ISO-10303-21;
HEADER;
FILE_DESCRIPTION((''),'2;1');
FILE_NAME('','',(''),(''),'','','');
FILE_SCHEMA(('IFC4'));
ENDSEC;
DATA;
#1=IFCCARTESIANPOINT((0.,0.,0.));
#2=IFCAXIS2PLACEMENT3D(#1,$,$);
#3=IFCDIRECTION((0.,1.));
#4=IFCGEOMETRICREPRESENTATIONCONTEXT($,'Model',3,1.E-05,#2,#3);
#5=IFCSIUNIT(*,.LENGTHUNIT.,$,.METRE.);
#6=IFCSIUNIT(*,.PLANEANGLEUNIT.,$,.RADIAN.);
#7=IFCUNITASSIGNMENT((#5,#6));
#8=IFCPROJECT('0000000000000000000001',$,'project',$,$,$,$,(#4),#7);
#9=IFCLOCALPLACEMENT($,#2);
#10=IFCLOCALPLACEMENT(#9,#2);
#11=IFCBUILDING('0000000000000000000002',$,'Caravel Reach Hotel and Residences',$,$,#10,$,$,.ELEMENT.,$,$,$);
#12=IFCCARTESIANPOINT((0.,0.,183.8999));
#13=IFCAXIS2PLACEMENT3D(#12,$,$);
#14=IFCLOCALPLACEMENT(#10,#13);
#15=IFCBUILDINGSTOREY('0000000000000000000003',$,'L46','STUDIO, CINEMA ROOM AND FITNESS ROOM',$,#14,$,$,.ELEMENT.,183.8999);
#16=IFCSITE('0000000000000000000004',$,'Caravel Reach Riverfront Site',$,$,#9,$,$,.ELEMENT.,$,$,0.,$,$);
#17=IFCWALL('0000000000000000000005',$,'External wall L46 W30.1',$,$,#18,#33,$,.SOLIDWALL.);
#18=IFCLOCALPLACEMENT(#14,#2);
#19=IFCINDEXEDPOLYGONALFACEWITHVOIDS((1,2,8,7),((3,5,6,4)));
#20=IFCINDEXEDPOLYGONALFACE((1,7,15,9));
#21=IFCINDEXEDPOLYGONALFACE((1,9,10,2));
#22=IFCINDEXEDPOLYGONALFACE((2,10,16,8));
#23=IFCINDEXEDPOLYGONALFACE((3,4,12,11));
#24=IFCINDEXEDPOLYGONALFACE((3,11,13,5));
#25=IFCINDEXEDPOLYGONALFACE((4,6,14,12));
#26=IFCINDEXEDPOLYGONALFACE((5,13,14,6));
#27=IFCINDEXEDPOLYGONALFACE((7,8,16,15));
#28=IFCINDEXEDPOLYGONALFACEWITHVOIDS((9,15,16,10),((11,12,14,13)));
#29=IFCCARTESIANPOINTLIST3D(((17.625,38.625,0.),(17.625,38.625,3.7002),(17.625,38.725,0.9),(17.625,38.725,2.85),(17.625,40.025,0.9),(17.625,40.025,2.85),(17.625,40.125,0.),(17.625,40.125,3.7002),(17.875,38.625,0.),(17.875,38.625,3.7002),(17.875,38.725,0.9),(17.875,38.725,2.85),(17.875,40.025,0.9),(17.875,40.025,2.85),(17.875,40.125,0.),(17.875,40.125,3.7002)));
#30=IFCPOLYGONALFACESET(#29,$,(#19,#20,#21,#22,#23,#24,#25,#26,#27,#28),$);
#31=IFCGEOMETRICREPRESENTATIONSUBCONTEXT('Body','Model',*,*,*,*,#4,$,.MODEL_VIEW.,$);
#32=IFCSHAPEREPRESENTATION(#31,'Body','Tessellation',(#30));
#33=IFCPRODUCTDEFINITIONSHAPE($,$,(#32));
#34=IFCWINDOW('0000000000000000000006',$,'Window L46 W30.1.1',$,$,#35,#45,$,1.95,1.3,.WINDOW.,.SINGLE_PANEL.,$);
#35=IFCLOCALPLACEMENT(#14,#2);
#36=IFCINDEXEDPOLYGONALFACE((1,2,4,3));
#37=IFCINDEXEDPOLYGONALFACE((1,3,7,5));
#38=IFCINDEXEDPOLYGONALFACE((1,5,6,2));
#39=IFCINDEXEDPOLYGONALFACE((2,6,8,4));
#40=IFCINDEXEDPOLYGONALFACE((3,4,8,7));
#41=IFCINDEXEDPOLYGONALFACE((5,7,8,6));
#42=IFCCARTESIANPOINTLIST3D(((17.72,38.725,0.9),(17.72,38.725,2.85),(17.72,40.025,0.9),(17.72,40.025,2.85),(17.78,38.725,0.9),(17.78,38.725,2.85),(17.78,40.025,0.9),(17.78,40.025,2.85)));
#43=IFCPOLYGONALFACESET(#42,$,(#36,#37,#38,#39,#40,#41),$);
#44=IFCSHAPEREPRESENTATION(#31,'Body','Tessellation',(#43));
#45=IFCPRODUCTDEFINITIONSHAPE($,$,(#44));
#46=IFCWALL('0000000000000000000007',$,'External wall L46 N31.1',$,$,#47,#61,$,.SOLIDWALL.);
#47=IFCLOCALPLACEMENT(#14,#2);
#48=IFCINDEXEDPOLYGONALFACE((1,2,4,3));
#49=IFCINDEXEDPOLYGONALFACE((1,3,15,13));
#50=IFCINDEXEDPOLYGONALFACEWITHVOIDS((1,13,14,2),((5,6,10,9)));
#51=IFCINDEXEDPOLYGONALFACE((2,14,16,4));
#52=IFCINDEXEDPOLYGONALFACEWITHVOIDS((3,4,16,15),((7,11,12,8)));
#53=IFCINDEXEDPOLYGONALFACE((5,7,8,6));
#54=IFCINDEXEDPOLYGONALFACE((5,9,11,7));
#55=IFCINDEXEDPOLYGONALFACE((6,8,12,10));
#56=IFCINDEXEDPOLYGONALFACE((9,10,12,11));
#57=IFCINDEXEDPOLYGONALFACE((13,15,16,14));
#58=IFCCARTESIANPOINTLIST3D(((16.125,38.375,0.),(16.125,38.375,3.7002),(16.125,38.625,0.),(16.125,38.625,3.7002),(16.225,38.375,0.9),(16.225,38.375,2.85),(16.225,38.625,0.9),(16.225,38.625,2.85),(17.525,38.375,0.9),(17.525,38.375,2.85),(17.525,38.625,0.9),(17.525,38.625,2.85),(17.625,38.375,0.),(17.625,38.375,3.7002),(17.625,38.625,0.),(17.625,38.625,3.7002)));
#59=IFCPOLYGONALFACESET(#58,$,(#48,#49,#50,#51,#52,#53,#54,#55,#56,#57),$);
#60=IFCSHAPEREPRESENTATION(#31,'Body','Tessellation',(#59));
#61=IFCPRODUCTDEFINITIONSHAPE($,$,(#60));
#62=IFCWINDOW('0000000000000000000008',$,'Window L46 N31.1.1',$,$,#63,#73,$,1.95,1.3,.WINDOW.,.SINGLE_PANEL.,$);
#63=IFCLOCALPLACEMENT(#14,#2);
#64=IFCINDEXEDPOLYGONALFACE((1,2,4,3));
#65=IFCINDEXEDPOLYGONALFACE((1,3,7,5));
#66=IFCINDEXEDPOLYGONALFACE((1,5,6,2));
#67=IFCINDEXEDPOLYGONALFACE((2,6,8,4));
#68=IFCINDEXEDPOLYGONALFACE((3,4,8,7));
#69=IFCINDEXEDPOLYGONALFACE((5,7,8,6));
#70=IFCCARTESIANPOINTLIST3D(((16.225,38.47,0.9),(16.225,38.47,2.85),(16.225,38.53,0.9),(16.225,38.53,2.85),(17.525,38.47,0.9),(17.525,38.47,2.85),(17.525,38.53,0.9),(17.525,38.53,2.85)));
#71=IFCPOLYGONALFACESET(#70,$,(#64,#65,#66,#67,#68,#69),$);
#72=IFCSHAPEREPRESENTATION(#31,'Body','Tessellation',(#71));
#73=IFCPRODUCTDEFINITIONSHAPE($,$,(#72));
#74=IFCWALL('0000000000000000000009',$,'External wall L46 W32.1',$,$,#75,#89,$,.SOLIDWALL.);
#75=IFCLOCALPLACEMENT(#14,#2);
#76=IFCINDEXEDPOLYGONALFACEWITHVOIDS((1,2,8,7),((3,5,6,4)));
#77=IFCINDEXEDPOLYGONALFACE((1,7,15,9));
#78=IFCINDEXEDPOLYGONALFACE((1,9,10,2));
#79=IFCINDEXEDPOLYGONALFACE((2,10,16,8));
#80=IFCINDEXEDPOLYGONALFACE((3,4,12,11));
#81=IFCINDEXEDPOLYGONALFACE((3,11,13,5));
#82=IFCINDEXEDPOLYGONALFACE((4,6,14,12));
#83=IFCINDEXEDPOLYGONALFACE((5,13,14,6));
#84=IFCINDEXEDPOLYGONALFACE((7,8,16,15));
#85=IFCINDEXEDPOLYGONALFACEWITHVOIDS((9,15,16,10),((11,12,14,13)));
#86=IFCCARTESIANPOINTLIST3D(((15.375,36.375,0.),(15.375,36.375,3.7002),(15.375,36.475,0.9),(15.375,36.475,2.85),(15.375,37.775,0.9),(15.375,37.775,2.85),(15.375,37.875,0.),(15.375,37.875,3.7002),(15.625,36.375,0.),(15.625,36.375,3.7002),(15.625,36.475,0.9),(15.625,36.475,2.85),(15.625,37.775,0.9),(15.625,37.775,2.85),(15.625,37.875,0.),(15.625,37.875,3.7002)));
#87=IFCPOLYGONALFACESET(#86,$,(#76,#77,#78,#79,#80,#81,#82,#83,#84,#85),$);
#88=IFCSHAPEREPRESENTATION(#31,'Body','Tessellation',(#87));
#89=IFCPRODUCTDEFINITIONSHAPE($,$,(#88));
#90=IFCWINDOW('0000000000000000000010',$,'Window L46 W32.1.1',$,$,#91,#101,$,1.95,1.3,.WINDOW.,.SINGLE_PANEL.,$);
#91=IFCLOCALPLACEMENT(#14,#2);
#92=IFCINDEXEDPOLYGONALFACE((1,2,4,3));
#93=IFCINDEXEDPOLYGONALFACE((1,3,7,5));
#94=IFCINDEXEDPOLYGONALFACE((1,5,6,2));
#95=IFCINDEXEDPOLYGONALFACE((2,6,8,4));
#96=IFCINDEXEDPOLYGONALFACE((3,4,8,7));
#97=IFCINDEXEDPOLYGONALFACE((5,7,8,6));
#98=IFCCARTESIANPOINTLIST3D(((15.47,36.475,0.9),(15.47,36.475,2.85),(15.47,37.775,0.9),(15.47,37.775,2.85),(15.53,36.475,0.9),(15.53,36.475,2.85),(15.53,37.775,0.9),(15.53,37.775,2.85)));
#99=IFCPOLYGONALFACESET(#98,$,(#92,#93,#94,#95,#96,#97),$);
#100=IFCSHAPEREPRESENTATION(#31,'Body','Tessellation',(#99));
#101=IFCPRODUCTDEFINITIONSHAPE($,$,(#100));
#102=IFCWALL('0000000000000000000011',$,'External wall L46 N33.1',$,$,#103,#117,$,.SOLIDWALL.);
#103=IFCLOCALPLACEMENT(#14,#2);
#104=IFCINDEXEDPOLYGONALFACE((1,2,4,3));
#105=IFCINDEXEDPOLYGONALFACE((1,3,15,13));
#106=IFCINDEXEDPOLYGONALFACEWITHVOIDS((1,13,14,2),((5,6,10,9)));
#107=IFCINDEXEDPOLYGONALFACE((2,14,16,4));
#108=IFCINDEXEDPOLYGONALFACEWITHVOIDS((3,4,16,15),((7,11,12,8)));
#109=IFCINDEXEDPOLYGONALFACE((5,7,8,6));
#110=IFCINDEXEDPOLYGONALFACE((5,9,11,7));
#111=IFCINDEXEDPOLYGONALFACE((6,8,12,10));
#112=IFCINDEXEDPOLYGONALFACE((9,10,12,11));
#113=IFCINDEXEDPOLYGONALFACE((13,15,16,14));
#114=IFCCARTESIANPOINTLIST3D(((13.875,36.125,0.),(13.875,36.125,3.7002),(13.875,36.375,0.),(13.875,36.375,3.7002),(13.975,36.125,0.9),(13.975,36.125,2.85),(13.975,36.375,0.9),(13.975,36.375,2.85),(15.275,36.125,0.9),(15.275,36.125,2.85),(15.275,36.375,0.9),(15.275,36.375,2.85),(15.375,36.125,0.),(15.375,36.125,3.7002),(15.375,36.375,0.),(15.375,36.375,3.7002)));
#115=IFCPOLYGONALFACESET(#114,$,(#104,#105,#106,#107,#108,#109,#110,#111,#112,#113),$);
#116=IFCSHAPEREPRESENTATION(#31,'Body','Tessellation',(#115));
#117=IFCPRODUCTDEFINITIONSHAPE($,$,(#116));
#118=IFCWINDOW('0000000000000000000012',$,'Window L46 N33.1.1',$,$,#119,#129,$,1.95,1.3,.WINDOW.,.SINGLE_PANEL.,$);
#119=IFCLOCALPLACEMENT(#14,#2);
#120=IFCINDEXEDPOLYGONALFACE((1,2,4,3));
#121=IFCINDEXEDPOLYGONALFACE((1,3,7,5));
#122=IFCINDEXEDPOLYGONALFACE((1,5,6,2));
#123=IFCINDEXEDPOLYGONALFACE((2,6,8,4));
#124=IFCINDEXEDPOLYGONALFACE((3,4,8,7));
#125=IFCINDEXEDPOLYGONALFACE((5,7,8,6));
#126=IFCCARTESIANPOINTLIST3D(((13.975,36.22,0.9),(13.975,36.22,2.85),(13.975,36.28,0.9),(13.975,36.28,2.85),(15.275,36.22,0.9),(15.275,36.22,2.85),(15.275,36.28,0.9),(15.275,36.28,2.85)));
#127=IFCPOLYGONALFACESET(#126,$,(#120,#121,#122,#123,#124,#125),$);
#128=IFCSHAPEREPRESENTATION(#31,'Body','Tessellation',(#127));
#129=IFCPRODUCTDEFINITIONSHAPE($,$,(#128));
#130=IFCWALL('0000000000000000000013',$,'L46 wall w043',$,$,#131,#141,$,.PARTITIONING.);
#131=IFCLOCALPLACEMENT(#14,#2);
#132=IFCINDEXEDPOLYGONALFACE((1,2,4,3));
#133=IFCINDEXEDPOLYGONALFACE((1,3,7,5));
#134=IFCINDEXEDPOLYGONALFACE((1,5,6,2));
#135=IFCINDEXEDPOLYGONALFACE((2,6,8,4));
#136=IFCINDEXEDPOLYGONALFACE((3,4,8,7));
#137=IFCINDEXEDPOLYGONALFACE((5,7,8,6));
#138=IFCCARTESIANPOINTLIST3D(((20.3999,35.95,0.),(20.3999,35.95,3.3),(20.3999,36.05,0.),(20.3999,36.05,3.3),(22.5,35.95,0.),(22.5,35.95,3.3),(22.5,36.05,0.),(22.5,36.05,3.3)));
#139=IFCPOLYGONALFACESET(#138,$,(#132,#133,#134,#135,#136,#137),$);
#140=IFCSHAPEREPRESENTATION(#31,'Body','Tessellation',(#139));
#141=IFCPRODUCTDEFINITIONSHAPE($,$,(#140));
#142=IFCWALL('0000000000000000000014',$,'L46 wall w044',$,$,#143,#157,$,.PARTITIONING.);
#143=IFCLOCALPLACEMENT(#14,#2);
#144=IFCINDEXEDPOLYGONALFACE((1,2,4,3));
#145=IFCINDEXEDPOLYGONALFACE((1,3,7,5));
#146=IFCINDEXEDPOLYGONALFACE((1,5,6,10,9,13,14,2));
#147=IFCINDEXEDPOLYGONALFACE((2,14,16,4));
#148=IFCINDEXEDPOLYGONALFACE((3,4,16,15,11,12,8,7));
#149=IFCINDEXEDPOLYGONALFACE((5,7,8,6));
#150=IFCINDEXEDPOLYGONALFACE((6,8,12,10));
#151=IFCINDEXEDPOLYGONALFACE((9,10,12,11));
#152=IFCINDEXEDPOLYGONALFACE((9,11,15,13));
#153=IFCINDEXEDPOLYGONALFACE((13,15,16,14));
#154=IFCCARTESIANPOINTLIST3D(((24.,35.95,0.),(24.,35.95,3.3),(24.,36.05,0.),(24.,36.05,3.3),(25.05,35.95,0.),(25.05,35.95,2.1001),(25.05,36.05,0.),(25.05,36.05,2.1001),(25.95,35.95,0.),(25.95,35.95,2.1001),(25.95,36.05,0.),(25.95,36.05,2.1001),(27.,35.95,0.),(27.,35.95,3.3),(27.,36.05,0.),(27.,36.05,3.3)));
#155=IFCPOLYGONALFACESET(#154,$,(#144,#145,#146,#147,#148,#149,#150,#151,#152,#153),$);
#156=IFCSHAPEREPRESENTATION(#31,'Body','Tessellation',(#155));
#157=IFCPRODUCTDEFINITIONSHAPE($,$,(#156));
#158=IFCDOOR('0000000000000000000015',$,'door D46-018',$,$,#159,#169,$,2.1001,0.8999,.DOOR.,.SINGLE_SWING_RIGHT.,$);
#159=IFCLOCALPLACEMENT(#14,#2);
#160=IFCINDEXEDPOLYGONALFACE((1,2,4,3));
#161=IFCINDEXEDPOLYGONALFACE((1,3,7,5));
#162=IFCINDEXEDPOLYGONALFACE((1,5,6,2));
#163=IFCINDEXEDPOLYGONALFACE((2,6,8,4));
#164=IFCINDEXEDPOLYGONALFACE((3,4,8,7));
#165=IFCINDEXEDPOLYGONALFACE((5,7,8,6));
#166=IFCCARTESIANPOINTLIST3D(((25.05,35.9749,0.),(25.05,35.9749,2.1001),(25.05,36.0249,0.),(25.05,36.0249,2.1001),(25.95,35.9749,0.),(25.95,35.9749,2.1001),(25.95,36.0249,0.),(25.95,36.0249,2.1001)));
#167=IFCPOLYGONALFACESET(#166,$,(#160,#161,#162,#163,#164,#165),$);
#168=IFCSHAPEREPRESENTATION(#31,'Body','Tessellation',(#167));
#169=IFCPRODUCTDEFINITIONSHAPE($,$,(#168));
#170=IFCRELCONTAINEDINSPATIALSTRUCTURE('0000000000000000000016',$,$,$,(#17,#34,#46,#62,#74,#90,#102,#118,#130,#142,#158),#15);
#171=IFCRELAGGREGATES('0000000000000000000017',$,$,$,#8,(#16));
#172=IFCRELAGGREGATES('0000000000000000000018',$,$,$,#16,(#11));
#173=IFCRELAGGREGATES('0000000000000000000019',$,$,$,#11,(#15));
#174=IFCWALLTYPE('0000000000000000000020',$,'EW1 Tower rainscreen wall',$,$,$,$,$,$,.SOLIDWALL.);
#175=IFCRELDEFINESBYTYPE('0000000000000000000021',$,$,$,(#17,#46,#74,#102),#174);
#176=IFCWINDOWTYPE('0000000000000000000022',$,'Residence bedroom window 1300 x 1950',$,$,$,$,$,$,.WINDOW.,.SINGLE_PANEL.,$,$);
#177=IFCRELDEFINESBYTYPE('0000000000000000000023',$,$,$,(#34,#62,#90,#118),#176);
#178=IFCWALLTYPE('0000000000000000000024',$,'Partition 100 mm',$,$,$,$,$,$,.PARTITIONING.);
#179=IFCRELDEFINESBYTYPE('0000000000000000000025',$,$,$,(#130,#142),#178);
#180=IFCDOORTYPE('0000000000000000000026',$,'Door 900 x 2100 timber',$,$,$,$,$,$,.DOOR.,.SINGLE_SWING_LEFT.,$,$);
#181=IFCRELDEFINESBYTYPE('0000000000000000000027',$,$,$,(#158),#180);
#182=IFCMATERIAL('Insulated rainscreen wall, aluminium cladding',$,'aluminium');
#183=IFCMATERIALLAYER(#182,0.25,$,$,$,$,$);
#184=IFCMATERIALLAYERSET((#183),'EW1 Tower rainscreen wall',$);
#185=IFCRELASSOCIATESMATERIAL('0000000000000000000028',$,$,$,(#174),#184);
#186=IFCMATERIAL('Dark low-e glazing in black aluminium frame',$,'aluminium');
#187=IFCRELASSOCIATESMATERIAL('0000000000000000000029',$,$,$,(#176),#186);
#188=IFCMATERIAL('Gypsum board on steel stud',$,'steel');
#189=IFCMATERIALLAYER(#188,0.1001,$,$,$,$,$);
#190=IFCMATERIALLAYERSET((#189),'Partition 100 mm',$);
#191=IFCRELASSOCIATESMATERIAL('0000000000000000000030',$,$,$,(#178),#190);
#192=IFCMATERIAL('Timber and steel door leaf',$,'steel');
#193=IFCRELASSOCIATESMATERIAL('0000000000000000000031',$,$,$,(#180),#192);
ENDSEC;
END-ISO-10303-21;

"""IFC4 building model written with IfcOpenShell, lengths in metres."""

from ifc_helpers import new_model, si_unit, direction, frame, frame_2d, origin, place, context, subcontext, project, spatial, rectangle, extrude, material, layer, layer_set, type_object, element, fill, save


model = new_model("IFC4")

# Units and contexts
model_context = context("Model", 3, precision=1e-05, world=origin(), true_north=direction((0.0, 1.0)))
body_context = subcontext(model_context, "Body", "Model", "MODEL_VIEW")
ifc_project = project(units=[si_unit("LENGTHUNIT", "METRE"), si_unit("PLANEANGLEUNIT", "RADIAN")], contexts=[model_context])

# Site, building, storey
site_placement = place(None, origin())
site = spatial("IfcSite", under=ifc_project, at=site_placement, Name="Caravel Reach Riverfront Site", CompositionType="ELEMENT", RefElevation=0.0)
building_placement = place(site_placement, origin())
building = spatial("IfcBuilding", under=site, at=building_placement, Name="Caravel Reach Hotel and Residences", CompositionType="ELEMENT")
storey_placement = place(building_placement, frame((0.0, 0.0, 183.8999)))
storey = spatial("IfcBuildingStorey", under=building, at=storey_placement, Name="L46", Description="STUDIO, CINEMA ROOM AND FITNESS ROOM", CompositionType="ELEMENT", Elevation=183.8999)

# Shared definitions
ifc_material_1 = material(Name="Insulated rainscreen wall, aluminium cladding", Category="aluminium")
ifc_layer_1 = layer(ifc_material_1, 0.25)
ifc_layer_set_1 = layer_set([ifc_layer_1], Name="EW1 Tower rainscreen wall")
wall_type_1 = type_object("IfcWallType", Name="EW1 Tower rainscreen wall", PredefinedType="SOLIDWALL", material=ifc_layer_set_1)

# Walls, openings, windows
wall_1_placement = place(storey_placement, frame((17.75, 40.125, 0.0), z_axis=(0.0, 0.0, 1.0), x_axis=(0.0, -1.0, 0.0)))
wall_1 = element("IfcWall", 1, at=wall_1_placement, inside=storey, type_object=wall_type_1, Name="External wall L46 W30.1", PredefinedType="SOLIDWALL", context=body_context, shape_type="SweptSolid", body=[
    extrude(rectangle(XDim=1.5, YDim=0.25, at=frame_2d((0.75, 0.0))), origin(), (0.0, 0.0, 1.0), 3.7002),
])
opening_1_placement = place(wall_1_placement, frame((0.1001, 0.0, 0.8999)))
opening_1 = element("IfcOpeningElement", 2, at=opening_1_placement, cuts=wall_1, PredefinedType="OPENING", context=body_context, shape_type="SweptSolid", body=[
    extrude(rectangle(XDim=1.3, YDim=1.95, at=frame_2d((0.6499, 0.9751))), frame((0.0, 0.135, 0.0), z_axis=(0.0, -1.0, 0.0), x_axis=(1.0, 0.0, 0.0)), (0.0, 0.0, 1.0), 0.27),
])
ifc_material_2 = material(Name="Dark low-e glazing in black aluminium frame", Category="aluminium")
window_type_1 = type_object("IfcWindowType", Name="Residence bedroom window 1300 x 1950", PartitioningType="SINGLE_PANEL", PredefinedType="WINDOW", material=ifc_material_2)
window_1_placement = place(opening_1_placement, origin())
window_1 = element("IfcWindow", 3, at=window_1_placement, inside=storey, type_object=window_type_1, Name="Window L46 W30.1.1", OverallHeight=1.95, OverallWidth=1.3, PartitioningType="SINGLE_PANEL", PredefinedType="WINDOW", context=body_context, shape_type="SweptSolid", body=[
    extrude(rectangle(XDim=1.3, YDim=1.95, at=frame_2d((0.6499, 0.9751))), frame((0.0, 0.03, 0.0), z_axis=(0.0, -1.0, 0.0), x_axis=(1.0, 0.0, 0.0)), (0.0, 0.0, 1.0), 0.0601),
])
fill(opening_1, window_1)
wall_2_placement = place(storey_placement, frame((17.625, 38.5, 0.0), z_axis=(0.0, 0.0, 1.0), x_axis=(-1.0, 0.0, 0.0)))
wall_2 = element("IfcWall", 4, at=wall_2_placement, inside=storey, type_object=wall_type_1, Name="External wall L46 N31.1", PredefinedType="SOLIDWALL", context=body_context, shape_type="SweptSolid", body=[
    extrude(rectangle(XDim=1.5, YDim=0.25, at=frame_2d((0.75, 0.0))), origin(), (0.0, 0.0, 1.0), 3.7002),
])
opening_2_placement = place(wall_2_placement, frame((0.1001, 0.0, 0.8999)))
opening_2 = element("IfcOpeningElement", 5, at=opening_2_placement, cuts=wall_2, PredefinedType="OPENING", context=body_context, shape_type="SweptSolid", body=[
    extrude(rectangle(XDim=1.3, YDim=1.95, at=frame_2d((0.6499, 0.9751))), frame((0.0, 0.135, 0.0), z_axis=(0.0, -1.0, 0.0), x_axis=(1.0, 0.0, 0.0)), (0.0, 0.0, 1.0), 0.27),
])
window_2_placement = place(opening_2_placement, origin())
window_2 = element("IfcWindow", 6, at=window_2_placement, inside=storey, type_object=window_type_1, Name="Window L46 N31.1.1", OverallHeight=1.95, OverallWidth=1.3, PartitioningType="SINGLE_PANEL", PredefinedType="WINDOW", context=body_context, shape_type="SweptSolid", body=[
    extrude(rectangle(XDim=1.3, YDim=1.95, at=frame_2d((0.6499, 0.9751))), frame((0.0, 0.03, 0.0), z_axis=(0.0, -1.0, 0.0), x_axis=(1.0, 0.0, 0.0)), (0.0, 0.0, 1.0), 0.0601),
])
fill(opening_2, window_2)
wall_3_placement = place(storey_placement, frame((15.5, 37.875, 0.0), z_axis=(0.0, 0.0, 1.0), x_axis=(0.0, -1.0, 0.0)))
wall_3 = element("IfcWall", 7, at=wall_3_placement, inside=storey, type_object=wall_type_1, Name="External wall L46 W32.1", PredefinedType="SOLIDWALL", context=body_context, shape_type="SweptSolid", body=[
    extrude(rectangle(XDim=1.5, YDim=0.25, at=frame_2d((0.75, 0.0))), origin(), (0.0, 0.0, 1.0), 3.7002),
])
opening_3_placement = place(wall_3_placement, frame((0.1001, 0.0, 0.8999)))
opening_3 = element("IfcOpeningElement", 8, at=opening_3_placement, cuts=wall_3, PredefinedType="OPENING", context=body_context, shape_type="SweptSolid", body=[
    extrude(rectangle(XDim=1.3, YDim=1.95, at=frame_2d((0.6499, 0.9751))), frame((0.0, 0.135, 0.0), z_axis=(0.0, -1.0, 0.0), x_axis=(1.0, 0.0, 0.0)), (0.0, 0.0, 1.0), 0.27),
])
window_3_placement = place(opening_3_placement, origin())
window_3 = element("IfcWindow", 9, at=window_3_placement, inside=storey, type_object=window_type_1, Name="Window L46 W32.1.1", OverallHeight=1.95, OverallWidth=1.3, PartitioningType="SINGLE_PANEL", PredefinedType="WINDOW", context=body_context, shape_type="SweptSolid", body=[
    extrude(rectangle(XDim=1.3, YDim=1.95, at=frame_2d((0.6499, 0.9751))), frame((0.0, 0.03, 0.0), z_axis=(0.0, -1.0, 0.0), x_axis=(1.0, 0.0, 0.0)), (0.0, 0.0, 1.0), 0.0601),
])
fill(opening_3, window_3)
wall_4_placement = place(storey_placement, frame((15.375, 36.25, 0.0), z_axis=(0.0, 0.0, 1.0), x_axis=(-1.0, 0.0, 0.0)))
wall_4 = element("IfcWall", 10, at=wall_4_placement, inside=storey, type_object=wall_type_1, Name="External wall L46 N33.1", PredefinedType="SOLIDWALL", context=body_context, shape_type="SweptSolid", body=[
    extrude(rectangle(XDim=1.5, YDim=0.25, at=frame_2d((0.75, 0.0))), origin(), (0.0, 0.0, 1.0), 3.7002),
])
opening_4_placement = place(wall_4_placement, frame((0.1001, 0.0, 0.8999)))
opening_4 = element("IfcOpeningElement", 11, at=opening_4_placement, cuts=wall_4, PredefinedType="OPENING", context=body_context, shape_type="SweptSolid", body=[
    extrude(rectangle(XDim=1.3, YDim=1.95, at=frame_2d((0.6499, 0.9751))), frame((0.0, 0.135, 0.0), z_axis=(0.0, -1.0, 0.0), x_axis=(1.0, 0.0, 0.0)), (0.0, 0.0, 1.0), 0.27),
])
window_4_placement = place(opening_4_placement, origin())
window_4 = element("IfcWindow", 12, at=window_4_placement, inside=storey, type_object=window_type_1, Name="Window L46 N33.1.1", OverallHeight=1.95, OverallWidth=1.3, PartitioningType="SINGLE_PANEL", PredefinedType="WINDOW", context=body_context, shape_type="SweptSolid", body=[
    extrude(rectangle(XDim=1.3, YDim=1.95, at=frame_2d((0.6499, 0.9751))), frame((0.0, 0.03, 0.0), z_axis=(0.0, -1.0, 0.0), x_axis=(1.0, 0.0, 0.0)), (0.0, 0.0, 1.0), 0.0601),
])
fill(opening_4, window_4)

# Wall
ifc_material_3 = material(Name="Gypsum board on steel stud", Category="steel")
ifc_layer_2 = layer(ifc_material_3, 0.1001)
ifc_layer_set_2 = layer_set([ifc_layer_2], Name="Partition 100 mm")
wall_type_2 = type_object("IfcWallType", Name="Partition 100 mm", PredefinedType="PARTITIONING", material=ifc_layer_set_2)
wall_5_placement = place(storey_placement, frame((20.3999, 36.0, 0.0), z_axis=(0.0, 0.0, 1.0), x_axis=(1.0, 0.0, 0.0)))
element("IfcWall", 13, at=wall_5_placement, inside=storey, type_object=wall_type_2, Name="L46 wall w043", PredefinedType="PARTITIONING", context=body_context, shape_type="SweptSolid", body=[
    extrude(rectangle(XDim=2.1001, YDim=0.1001, at=frame_2d((1.05, 0.0))), origin(), (0.0, 0.0, 1.0), 3.3),
])

# Wall, opening, door
wall_6_placement = place(storey_placement, frame((24.0, 36.0, 0.0), z_axis=(0.0, 0.0, 1.0), x_axis=(1.0, 0.0, 0.0)))
wall_6 = element("IfcWall", 14, at=wall_6_placement, inside=storey, type_object=wall_type_2, Name="L46 wall w044", PredefinedType="PARTITIONING", context=body_context, shape_type="SweptSolid", body=[
    extrude(rectangle(XDim=3.0, YDim=0.1001, at=frame_2d((1.5, 0.0))), origin(), (0.0, 0.0, 1.0), 3.3),
])
opening_5_placement = place(wall_6_placement, frame((1.05, 0.0, 0.0)))
opening_5 = element("IfcOpeningElement", 15, at=opening_5_placement, cuts=wall_6, PredefinedType="OPENING", context=body_context, shape_type="SweptSolid", body=[
    extrude(rectangle(XDim=0.8999, YDim=2.1001, at=frame_2d((0.45, 1.05))), frame((0.0, 0.0601, 0.0), z_axis=(0.0, -1.0, 0.0), x_axis=(1.0, 0.0, 0.0)), (0.0, 0.0, 1.0), 0.1201),
])
ifc_material_4 = material(Name="Timber and steel door leaf", Category="steel")
door_type = type_object("IfcDoorType", Name="Door 900 x 2100 timber", OperationType="SINGLE_SWING_LEFT", PredefinedType="DOOR", material=ifc_material_4)
door_1_placement = place(opening_5_placement, origin())
door_1 = element("IfcDoor", 16, at=door_1_placement, inside=storey, type_object=door_type, Name="door D46-018", OperationType="SINGLE_SWING_RIGHT", OverallHeight=2.1001, OverallWidth=0.8999, PredefinedType="DOOR", context=body_context, shape_type="SweptSolid", body=[
    extrude(rectangle(XDim=0.8999, YDim=2.1001, at=frame_2d((0.45, 1.05))), frame((0.0, 0.0249, 0.0), z_axis=(0.0, -1.0, 0.0), x_axis=(1.0, 0.0, 0.0)), (0.0, 0.0, 1.0), 0.05),
])
fill(opening_5, door_1)

save(model, "model.ifc")
